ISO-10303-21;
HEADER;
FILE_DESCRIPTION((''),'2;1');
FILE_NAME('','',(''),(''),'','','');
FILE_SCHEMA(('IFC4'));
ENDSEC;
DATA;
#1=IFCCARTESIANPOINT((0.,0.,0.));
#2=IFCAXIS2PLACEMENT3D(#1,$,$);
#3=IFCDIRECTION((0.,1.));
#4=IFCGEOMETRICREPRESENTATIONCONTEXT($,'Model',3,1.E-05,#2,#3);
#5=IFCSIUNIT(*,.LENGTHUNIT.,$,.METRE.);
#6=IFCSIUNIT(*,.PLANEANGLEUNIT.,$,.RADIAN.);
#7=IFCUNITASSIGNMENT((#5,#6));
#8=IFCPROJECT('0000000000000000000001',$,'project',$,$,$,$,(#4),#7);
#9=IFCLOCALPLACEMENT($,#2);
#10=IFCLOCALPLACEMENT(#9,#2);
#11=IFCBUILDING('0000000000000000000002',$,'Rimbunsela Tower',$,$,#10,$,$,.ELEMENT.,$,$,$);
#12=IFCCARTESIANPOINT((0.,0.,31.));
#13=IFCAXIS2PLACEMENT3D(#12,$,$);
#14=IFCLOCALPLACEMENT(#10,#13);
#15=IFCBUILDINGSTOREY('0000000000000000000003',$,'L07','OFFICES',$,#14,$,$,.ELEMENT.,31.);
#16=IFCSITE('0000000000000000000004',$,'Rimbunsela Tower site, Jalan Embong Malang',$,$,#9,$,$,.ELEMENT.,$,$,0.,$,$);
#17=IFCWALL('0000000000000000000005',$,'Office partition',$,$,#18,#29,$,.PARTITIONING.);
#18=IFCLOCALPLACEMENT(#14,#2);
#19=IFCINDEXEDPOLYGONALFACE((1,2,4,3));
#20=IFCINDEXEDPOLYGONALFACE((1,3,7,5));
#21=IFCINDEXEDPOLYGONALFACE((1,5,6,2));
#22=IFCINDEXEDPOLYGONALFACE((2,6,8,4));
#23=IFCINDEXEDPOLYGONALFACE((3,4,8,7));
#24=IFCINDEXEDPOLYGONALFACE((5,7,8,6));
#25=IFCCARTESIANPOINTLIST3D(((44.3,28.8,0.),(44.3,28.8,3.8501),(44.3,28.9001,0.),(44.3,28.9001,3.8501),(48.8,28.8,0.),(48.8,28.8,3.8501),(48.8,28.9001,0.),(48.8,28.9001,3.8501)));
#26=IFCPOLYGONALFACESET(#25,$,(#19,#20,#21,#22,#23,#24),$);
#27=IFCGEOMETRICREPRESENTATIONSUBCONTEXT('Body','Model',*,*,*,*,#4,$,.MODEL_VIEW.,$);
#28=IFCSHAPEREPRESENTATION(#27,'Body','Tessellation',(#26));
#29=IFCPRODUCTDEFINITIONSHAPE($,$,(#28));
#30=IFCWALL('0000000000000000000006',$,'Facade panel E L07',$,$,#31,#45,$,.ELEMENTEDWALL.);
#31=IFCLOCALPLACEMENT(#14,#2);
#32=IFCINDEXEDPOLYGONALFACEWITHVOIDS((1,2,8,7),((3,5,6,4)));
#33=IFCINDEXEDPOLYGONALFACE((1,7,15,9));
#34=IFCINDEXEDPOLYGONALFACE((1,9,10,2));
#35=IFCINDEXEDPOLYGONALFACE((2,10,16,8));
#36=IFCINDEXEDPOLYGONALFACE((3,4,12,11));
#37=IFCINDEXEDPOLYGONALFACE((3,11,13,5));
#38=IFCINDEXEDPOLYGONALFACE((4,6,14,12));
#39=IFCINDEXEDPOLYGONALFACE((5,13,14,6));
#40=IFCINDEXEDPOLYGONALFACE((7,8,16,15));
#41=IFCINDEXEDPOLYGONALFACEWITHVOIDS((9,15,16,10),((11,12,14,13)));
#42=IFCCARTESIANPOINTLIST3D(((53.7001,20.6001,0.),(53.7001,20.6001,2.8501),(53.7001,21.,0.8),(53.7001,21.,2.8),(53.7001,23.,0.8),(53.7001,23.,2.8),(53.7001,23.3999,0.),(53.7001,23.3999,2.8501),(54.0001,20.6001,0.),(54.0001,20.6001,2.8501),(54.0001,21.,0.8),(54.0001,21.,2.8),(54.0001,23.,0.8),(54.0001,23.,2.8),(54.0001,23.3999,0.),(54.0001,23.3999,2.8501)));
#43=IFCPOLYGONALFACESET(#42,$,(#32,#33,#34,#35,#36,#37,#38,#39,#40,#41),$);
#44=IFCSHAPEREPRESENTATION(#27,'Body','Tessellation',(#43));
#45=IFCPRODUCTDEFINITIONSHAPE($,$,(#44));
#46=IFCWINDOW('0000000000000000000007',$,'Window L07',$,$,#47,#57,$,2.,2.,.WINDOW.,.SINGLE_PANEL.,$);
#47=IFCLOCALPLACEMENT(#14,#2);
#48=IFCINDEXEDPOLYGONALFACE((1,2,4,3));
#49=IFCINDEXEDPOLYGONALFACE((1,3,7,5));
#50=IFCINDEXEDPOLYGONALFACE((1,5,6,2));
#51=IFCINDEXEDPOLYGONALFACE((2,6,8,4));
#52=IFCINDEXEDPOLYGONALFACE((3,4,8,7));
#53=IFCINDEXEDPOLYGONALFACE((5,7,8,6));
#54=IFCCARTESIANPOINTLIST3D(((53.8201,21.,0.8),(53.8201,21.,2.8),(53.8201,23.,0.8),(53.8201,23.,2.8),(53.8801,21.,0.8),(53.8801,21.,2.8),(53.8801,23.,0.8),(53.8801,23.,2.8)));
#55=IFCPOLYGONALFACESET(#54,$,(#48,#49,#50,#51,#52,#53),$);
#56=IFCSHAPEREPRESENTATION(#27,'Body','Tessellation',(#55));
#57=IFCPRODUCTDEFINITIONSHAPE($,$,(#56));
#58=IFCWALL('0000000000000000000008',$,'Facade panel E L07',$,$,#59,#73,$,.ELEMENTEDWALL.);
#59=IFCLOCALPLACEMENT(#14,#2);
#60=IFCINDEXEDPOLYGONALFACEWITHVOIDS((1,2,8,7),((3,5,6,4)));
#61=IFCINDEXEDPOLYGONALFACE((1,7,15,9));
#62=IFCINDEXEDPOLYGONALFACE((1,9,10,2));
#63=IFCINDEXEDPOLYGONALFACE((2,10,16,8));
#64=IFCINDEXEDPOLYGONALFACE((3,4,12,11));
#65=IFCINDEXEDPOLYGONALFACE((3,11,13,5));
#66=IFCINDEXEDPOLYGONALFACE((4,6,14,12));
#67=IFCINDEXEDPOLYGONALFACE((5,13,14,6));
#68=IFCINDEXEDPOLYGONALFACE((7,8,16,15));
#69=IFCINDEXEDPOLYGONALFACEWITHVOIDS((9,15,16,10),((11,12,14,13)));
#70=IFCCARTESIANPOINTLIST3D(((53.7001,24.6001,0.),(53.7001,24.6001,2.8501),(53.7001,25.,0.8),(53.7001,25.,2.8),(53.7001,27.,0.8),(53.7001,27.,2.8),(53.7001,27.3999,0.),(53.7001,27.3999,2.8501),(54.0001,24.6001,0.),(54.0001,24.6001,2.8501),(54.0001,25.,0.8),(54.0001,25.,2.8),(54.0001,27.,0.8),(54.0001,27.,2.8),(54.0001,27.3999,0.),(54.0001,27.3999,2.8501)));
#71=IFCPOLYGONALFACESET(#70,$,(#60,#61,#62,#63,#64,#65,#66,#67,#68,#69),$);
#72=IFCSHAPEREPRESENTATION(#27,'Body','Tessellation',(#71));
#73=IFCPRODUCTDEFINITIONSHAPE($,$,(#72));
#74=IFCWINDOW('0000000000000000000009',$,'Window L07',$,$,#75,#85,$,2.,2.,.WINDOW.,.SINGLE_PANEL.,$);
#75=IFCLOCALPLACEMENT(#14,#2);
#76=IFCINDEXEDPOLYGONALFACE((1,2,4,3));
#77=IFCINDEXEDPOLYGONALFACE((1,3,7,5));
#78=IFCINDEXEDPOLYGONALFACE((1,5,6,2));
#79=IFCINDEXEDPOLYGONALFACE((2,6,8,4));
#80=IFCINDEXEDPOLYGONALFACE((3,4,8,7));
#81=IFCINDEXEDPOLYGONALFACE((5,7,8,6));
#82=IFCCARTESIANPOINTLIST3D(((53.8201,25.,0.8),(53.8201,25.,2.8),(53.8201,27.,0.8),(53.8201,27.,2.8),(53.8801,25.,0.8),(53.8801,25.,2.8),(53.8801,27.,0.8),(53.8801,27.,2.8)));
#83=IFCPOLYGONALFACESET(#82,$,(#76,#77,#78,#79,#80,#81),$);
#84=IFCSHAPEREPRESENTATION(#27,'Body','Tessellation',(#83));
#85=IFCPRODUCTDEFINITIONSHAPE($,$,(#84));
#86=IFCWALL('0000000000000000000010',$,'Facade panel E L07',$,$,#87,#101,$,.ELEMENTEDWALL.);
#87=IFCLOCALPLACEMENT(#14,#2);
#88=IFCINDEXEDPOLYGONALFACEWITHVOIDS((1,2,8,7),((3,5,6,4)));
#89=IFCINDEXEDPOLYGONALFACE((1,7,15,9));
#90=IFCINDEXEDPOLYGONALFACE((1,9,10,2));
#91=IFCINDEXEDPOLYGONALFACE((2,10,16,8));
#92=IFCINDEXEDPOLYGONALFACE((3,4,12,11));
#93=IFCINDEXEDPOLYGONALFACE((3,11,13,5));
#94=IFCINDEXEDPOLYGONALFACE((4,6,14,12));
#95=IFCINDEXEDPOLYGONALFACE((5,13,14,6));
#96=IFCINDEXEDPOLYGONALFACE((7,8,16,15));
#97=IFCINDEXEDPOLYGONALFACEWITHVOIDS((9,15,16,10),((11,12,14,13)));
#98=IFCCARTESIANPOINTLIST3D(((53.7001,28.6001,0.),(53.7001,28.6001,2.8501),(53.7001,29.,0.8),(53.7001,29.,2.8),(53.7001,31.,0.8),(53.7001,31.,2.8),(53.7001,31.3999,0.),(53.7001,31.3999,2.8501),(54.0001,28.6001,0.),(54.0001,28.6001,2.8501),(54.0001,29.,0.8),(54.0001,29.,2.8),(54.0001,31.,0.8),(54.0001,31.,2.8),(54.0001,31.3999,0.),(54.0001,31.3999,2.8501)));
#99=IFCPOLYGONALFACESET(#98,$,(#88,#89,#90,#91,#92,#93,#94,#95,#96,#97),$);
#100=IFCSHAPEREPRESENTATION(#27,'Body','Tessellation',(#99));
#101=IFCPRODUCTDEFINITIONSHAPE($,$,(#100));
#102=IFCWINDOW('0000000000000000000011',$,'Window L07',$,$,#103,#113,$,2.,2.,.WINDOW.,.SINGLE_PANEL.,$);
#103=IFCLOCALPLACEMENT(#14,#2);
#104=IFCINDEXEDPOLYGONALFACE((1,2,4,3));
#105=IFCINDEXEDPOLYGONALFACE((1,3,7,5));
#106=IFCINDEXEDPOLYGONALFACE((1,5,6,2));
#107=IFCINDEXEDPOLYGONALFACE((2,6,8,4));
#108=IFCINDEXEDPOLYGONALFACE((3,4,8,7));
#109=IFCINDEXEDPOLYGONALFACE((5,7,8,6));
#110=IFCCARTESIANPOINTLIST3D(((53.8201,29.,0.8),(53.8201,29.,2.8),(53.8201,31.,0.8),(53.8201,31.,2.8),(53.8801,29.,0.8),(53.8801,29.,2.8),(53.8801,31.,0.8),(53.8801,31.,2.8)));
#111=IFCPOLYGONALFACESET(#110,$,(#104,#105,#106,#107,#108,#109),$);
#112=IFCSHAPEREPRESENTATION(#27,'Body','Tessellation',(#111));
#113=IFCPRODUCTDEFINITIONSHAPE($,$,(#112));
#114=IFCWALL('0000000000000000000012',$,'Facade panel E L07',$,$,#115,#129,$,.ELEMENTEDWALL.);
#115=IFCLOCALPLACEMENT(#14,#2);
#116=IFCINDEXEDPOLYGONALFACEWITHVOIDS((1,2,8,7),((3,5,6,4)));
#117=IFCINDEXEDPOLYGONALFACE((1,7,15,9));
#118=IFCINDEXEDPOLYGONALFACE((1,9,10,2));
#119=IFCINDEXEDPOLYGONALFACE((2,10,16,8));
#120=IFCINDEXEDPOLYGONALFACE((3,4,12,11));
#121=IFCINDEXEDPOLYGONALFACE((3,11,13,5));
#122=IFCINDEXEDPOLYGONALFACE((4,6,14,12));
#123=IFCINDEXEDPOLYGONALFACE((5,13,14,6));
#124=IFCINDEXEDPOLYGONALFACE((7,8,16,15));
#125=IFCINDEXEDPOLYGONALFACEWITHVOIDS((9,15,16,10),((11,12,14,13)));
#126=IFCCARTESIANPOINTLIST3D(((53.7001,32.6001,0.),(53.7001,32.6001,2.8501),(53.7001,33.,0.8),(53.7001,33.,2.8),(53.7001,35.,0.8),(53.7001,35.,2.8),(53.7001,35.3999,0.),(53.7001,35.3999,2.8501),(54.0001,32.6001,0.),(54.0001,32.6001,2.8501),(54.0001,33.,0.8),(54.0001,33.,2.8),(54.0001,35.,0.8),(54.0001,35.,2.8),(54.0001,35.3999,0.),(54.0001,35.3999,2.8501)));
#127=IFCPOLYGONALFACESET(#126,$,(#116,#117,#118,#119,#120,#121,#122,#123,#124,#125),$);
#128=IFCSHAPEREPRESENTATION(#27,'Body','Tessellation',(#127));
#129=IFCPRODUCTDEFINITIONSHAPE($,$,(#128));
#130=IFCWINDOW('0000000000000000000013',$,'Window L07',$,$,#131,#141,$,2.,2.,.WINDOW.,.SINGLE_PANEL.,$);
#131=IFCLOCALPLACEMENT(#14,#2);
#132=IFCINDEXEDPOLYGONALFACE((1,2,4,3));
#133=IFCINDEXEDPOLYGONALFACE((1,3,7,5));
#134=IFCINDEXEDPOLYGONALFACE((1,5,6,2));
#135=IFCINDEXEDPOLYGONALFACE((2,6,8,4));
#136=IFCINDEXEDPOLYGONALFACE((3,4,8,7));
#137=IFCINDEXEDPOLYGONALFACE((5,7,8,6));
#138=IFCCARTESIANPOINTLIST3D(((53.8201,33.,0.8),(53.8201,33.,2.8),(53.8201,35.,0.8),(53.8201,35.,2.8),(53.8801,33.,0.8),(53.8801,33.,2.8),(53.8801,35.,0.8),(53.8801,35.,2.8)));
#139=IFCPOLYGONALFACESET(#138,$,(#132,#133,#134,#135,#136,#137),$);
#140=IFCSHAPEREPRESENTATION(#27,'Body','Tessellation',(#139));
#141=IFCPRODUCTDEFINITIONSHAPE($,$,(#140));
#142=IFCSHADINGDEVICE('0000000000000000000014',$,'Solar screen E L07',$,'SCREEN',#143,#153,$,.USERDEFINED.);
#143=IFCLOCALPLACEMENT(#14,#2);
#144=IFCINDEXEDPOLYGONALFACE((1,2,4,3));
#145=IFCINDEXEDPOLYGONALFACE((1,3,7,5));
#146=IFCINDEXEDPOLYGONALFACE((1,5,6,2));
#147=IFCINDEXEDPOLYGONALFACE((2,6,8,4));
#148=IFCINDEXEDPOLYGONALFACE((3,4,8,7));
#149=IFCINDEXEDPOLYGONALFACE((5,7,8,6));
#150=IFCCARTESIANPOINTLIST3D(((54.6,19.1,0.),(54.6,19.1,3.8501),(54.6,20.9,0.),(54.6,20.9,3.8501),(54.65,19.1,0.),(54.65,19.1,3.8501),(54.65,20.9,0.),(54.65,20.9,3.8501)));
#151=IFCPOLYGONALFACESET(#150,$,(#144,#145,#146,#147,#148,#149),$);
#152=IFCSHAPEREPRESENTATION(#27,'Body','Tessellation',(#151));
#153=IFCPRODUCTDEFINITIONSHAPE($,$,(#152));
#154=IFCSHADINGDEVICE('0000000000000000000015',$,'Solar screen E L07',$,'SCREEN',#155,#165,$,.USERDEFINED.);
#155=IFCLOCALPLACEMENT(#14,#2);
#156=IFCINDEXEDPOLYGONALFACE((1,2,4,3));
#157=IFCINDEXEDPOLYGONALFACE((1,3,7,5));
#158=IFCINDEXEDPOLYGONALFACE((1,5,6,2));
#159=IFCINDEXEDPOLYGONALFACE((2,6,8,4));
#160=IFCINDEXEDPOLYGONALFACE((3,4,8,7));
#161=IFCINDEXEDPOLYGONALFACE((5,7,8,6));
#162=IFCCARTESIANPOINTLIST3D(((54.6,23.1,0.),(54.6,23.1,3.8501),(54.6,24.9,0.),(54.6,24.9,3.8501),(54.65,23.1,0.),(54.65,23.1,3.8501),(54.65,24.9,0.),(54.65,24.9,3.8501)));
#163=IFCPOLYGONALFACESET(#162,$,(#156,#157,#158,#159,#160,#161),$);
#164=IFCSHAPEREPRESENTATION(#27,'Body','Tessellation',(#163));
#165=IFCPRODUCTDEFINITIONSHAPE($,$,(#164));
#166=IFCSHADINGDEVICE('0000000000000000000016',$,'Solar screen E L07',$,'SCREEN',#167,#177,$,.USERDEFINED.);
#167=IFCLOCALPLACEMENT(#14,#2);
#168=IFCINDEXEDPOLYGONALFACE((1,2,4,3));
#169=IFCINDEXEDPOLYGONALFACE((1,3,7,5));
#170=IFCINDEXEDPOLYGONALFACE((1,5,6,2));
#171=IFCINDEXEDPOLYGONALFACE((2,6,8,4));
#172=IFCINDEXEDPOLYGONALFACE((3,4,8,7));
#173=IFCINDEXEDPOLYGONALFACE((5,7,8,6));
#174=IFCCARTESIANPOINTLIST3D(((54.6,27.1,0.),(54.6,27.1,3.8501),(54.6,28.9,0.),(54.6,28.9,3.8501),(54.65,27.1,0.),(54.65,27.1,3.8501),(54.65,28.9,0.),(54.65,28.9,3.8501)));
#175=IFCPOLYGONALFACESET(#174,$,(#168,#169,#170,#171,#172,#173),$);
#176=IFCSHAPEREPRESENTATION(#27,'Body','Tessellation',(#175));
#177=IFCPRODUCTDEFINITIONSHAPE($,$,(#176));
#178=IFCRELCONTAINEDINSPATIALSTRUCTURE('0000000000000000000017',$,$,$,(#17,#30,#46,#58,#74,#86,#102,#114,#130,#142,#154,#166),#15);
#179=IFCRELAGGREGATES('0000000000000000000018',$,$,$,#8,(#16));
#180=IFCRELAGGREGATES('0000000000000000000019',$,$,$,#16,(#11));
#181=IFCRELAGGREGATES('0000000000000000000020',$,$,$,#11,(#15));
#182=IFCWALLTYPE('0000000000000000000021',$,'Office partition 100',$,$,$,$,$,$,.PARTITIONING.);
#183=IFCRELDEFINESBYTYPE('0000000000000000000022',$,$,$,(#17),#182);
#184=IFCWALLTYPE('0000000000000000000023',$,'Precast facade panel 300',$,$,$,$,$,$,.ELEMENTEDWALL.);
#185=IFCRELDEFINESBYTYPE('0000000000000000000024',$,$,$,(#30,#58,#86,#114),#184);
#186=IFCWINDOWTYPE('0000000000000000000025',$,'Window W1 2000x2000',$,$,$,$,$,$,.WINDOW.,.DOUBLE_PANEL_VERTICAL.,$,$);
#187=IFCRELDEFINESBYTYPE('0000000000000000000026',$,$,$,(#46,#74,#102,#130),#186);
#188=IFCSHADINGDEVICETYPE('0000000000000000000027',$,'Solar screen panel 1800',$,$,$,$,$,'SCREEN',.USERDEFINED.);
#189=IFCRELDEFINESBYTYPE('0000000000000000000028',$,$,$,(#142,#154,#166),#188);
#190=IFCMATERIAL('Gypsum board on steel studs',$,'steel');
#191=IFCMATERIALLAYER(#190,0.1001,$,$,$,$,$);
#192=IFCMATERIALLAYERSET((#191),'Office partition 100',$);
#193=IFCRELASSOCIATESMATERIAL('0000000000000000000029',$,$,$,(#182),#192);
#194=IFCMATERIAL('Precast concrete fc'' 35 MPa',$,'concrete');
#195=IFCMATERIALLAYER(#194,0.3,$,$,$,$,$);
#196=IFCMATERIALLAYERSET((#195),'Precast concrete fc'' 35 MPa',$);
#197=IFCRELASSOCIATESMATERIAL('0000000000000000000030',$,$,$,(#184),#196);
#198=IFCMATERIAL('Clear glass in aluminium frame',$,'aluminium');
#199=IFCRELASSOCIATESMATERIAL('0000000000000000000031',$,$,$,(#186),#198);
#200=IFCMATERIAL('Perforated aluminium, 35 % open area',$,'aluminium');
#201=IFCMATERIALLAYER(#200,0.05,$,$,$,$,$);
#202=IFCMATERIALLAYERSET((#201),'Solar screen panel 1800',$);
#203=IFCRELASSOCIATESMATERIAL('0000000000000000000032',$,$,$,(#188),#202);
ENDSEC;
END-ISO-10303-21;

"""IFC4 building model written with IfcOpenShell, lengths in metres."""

from ifc_helpers import new_model, si_unit, direction, frame, frame_2d, origin, origin_2d, place, context, subcontext, project, spatial, rectangle, extrude, material, layer, layer_set, type_object, element, fill, save


model = new_model("IFC4")

# Units and contexts
model_context = context("Model", 3, precision=1e-05, world=origin(), true_north=direction((0.0, 1.0)))
body_context = subcontext(model_context, "Body", "Model", "MODEL_VIEW")
ifc_project = project(units=[si_unit("LENGTHUNIT", "METRE"), si_unit("PLANEANGLEUNIT", "RADIAN")], contexts=[model_context])

# Site, building, storey
site_placement = place(None, origin())
site = spatial("IfcSite", under=ifc_project, at=site_placement, Name="Rimbunsela Tower site, Jalan Embong Malang", CompositionType="ELEMENT", RefElevation=0.0)
building_placement = place(site_placement, origin())
building = spatial("IfcBuilding", under=site, at=building_placement, Name="Rimbunsela Tower", CompositionType="ELEMENT")
storey_placement = place(building_placement, frame((0.0, 0.0, 31.0)))
storey = spatial("IfcBuildingStorey", under=building, at=storey_placement, Name="L07", Description="OFFICES", CompositionType="ELEMENT", Elevation=31.0)

# Shared definitions
ifc_material_1 = material(Name="Gypsum board on steel studs", Category="steel")
ifc_layer_1 = layer(ifc_material_1, 0.1001)
ifc_layer_set_1 = layer_set([ifc_layer_1], Name="Office partition 100")
wall_type_1 = type_object("IfcWallType", Name="Office partition 100", PredefinedType="PARTITIONING", material=ifc_layer_set_1)

# Wall
wall_1_placement = place(storey_placement, frame((48.8, 28.8501, 0.0), z_axis=(0.0, 0.0, 1.0), x_axis=(-1.0, 0.0, 0.0)))
element("IfcWall", 1, at=wall_1_placement, inside=storey, type_object=wall_type_1, Name="Office partition", PredefinedType="PARTITIONING", context=body_context, shape_type="SweptSolid", body=[
    extrude(rectangle(XDim=4.5, YDim=0.1001, at=frame_2d((2.25, 0.0))), origin(), (0.0, 0.0, 1.0), 3.8501),
])

# Walls, openings, windows
ifc_material_2 = material(Name="Precast concrete fc' 35 MPa", Category="concrete")
ifc_layer_2 = layer(ifc_material_2, 0.3)
ifc_layer_set_2 = layer_set([ifc_layer_2], Name="Precast concrete fc' 35 MPa")
wall_type_2 = type_object("IfcWallType", Name="Precast facade panel 300", PredefinedType="ELEMENTEDWALL", material=ifc_layer_set_2)
wall_2_placement = place(storey_placement, frame((53.8501, 20.6001, 0.0), z_axis=(0.0, 0.0, 1.0), x_axis=(0.0, 1.0, 0.0)))
wall_2 = element("IfcWall", 2, at=wall_2_placement, inside=storey, type_object=wall_type_2, Name="Facade panel E L07", PredefinedType="ELEMENTEDWALL", context=body_context, shape_type="SweptSolid", body=[
    extrude(rectangle(XDim=2.7998, YDim=0.3, at=frame_2d((1.3999, 0.0))), origin(), (0.0, 0.0, 1.0), 2.8501),
])
opening_1_placement = place(wall_2_placement, frame((0.3999, 0.0, 0.8)))
opening_1 = element("IfcOpeningElement", 3, at=opening_1_placement, cuts=wall_2, PredefinedType="OPENING", context=body_context, shape_type="SweptSolid", body=[
    extrude(rectangle(XDim=2.0, YDim=2.0, at=frame_2d((1.0, 1.0))), frame((0.0, 0.1599, 0.0), z_axis=(0.0, -1.0, 0.0), x_axis=(1.0, 0.0, 0.0)), (0.0, 0.0, 1.0), 0.3201),
])
ifc_material_3 = material(Name="Clear glass in aluminium frame", Category="aluminium")
window_type = type_object("IfcWindowType", Name="Window W1 2000x2000", PartitioningType="DOUBLE_PANEL_VERTICAL", PredefinedType="WINDOW", material=ifc_material_3)
window_1_placement = place(opening_1_placement, origin())
window_1 = element("IfcWindow", 4, at=window_1_placement, inside=storey, type_object=window_type, Name="Window L07", OverallHeight=2.0, OverallWidth=2.0, PartitioningType="SINGLE_PANEL", PredefinedType="WINDOW", context=body_context, shape_type="SweptSolid", body=[
    extrude(rectangle(XDim=2.0, YDim=2.0, at=frame_2d((1.0, 1.0))), frame((0.0, 0.03, 0.0), z_axis=(0.0, -1.0, 0.0), x_axis=(1.0, 0.0, 0.0)), (0.0, 0.0, 1.0), 0.0601),
])
fill(opening_1, window_1)
wall_3_placement = place(storey_placement, frame((53.8501, 24.6001, 0.0), z_axis=(0.0, 0.0, 1.0), x_axis=(0.0, 1.0, 0.0)))
wall_3 = element("IfcWall", 5, at=wall_3_placement, inside=storey, type_object=wall_type_2, Name="Facade panel E L07", PredefinedType="ELEMENTEDWALL", context=body_context, shape_type="SweptSolid", body=[
    extrude(rectangle(XDim=2.7998, YDim=0.3, at=frame_2d((1.3999, 0.0))), origin(), (0.0, 0.0, 1.0), 2.8501),
])
opening_2_placement = place(wall_3_placement, frame((0.3999, 0.0, 0.8)))
opening_2 = element("IfcOpeningElement", 6, at=opening_2_placement, cuts=wall_3, PredefinedType="OPENING", context=body_context, shape_type="SweptSolid", body=[
    extrude(rectangle(XDim=2.0, YDim=2.0, at=frame_2d((1.0, 1.0))), frame((0.0, 0.1599, 0.0), z_axis=(0.0, -1.0, 0.0), x_axis=(1.0, 0.0, 0.0)), (0.0, 0.0, 1.0), 0.3201),
])
window_2_placement = place(opening_2_placement, origin())
window_2 = element("IfcWindow", 7, at=window_2_placement, inside=storey, type_object=window_type, Name="Window L07", OverallHeight=2.0, OverallWidth=2.0, PartitioningType="SINGLE_PANEL", PredefinedType="WINDOW", context=body_context, shape_type="SweptSolid", body=[
    extrude(rectangle(XDim=2.0, YDim=2.0, at=frame_2d((1.0, 1.0))), frame((0.0, 0.03, 0.0), z_axis=(0.0, -1.0, 0.0), x_axis=(1.0, 0.0, 0.0)), (0.0, 0.0, 1.0), 0.0601),
])
fill(opening_2, window_2)
wall_4_placement = place(storey_placement, frame((53.8501, 28.6001, 0.0), z_axis=(0.0, 0.0, 1.0), x_axis=(0.0, 1.0, 0.0)))
wall_4 = element("IfcWall", 8, at=wall_4_placement, inside=storey, type_object=wall_type_2, Name="Facade panel E L07", PredefinedType="ELEMENTEDWALL", context=body_context, shape_type="SweptSolid", body=[
    extrude(rectangle(XDim=2.7998, YDim=0.3, at=frame_2d((1.3999, 0.0))), origin(), (0.0, 0.0, 1.0), 2.8501),
])
opening_3_placement = place(wall_4_placement, frame((0.3999, 0.0, 0.8)))
opening_3 = element("IfcOpeningElement", 9, at=opening_3_placement, cuts=wall_4, PredefinedType="OPENING", context=body_context, shape_type="SweptSolid", body=[
    extrude(rectangle(XDim=2.0, YDim=2.0, at=frame_2d((1.0, 1.0))), frame((0.0, 0.1599, 0.0), z_axis=(0.0, -1.0, 0.0), x_axis=(1.0, 0.0, 0.0)), (0.0, 0.0, 1.0), 0.3201),
])
window_3_placement = place(opening_3_placement, origin())
window_3 = element("IfcWindow", 10, at=window_3_placement, inside=storey, type_object=window_type, Name="Window L07", OverallHeight=2.0, OverallWidth=2.0, PartitioningType="SINGLE_PANEL", PredefinedType="WINDOW", context=body_context, shape_type="SweptSolid", body=[
    extrude(rectangle(XDim=2.0, YDim=2.0, at=frame_2d((1.0, 1.0))), frame((0.0, 0.03, 0.0), z_axis=(0.0, -1.0, 0.0), x_axis=(1.0, 0.0, 0.0)), (0.0, 0.0, 1.0), 0.0601),
])
fill(opening_3, window_3)
wall_5_placement = place(storey_placement, frame((53.8501, 32.6001, 0.0), z_axis=(0.0, 0.0, 1.0), x_axis=(0.0, 1.0, 0.0)))
wall_5 = element("IfcWall", 11, at=wall_5_placement, inside=storey, type_object=wall_type_2, Name="Facade panel E L07", PredefinedType="ELEMENTEDWALL", context=body_context, shape_type="SweptSolid", body=[
    extrude(rectangle(XDim=2.7998, YDim=0.3, at=frame_2d((1.3999, 0.0))), origin(), (0.0, 0.0, 1.0), 2.8501),
])
opening_4_placement = place(wall_5_placement, frame((0.3999, 0.0, 0.8)))
opening_4 = element("IfcOpeningElement", 12, at=opening_4_placement, cuts=wall_5, PredefinedType="OPENING", context=body_context, shape_type="SweptSolid", body=[
    extrude(rectangle(XDim=2.0, YDim=2.0, at=frame_2d((1.0, 1.0))), frame((0.0, 0.1599, 0.0), z_axis=(0.0, -1.0, 0.0), x_axis=(1.0, 0.0, 0.0)), (0.0, 0.0, 1.0), 0.3201),
])
window_4_placement = place(opening_4_placement, origin())
window_4 = element("IfcWindow", 13, at=window_4_placement, inside=storey, type_object=window_type, Name="Window L07", OverallHeight=2.0, OverallWidth=2.0, PartitioningType="SINGLE_PANEL", PredefinedType="WINDOW", context=body_context, shape_type="SweptSolid", body=[
    extrude(rectangle(XDim=2.0, YDim=2.0, at=frame_2d((1.0, 1.0))), frame((0.0, 0.03, 0.0), z_axis=(0.0, -1.0, 0.0), x_axis=(1.0, 0.0, 0.0)), (0.0, 0.0, 1.0), 0.0601),
])
fill(opening_4, window_4)

# Shading devices
ifc_material_4 = material(Name="Perforated aluminium, 35 % open area", Category="aluminium")
ifc_layer_3 = layer(ifc_material_4, 0.05)
ifc_layer_set_3 = layer_set([ifc_layer_3], Name="Solar screen panel 1800")
shading_device_type = type_object("IfcShadingDeviceType", Name="Solar screen panel 1800", ElementType="SCREEN", PredefinedType="USERDEFINED", material=ifc_layer_set_3)
for number, where, z_axis, x_axis, name in (
    (14, (54.625, 20.0, 0.0), (0.0, 0.0, 1.0), (0.0, 1.0, 0.0), "Solar screen E L07"),
    (15, (54.625, 24.0, 0.0), (0.0, 0.0, 1.0), (0.0, 1.0, 0.0), "Solar screen E L07"),
    (16, (54.625, 28.0, 0.0), (0.0, 0.0, 1.0), (0.0, 1.0, 0.0), "Solar screen E L07"),
):
    element("IfcShadingDevice", number, at=place(storey_placement, frame(where, z_axis=z_axis, x_axis=x_axis)), inside=storey, type_object=shading_device_type, Name=name, ObjectType="SCREEN", PredefinedType="USERDEFINED", context=body_context, shape_type="SweptSolid", body=[
        extrude(rectangle(XDim=1.8, YDim=0.05, at=origin_2d()), origin(), (0.0, 0.0, 1.0), 3.8501),
    ])

save(model, "model.ifc")
